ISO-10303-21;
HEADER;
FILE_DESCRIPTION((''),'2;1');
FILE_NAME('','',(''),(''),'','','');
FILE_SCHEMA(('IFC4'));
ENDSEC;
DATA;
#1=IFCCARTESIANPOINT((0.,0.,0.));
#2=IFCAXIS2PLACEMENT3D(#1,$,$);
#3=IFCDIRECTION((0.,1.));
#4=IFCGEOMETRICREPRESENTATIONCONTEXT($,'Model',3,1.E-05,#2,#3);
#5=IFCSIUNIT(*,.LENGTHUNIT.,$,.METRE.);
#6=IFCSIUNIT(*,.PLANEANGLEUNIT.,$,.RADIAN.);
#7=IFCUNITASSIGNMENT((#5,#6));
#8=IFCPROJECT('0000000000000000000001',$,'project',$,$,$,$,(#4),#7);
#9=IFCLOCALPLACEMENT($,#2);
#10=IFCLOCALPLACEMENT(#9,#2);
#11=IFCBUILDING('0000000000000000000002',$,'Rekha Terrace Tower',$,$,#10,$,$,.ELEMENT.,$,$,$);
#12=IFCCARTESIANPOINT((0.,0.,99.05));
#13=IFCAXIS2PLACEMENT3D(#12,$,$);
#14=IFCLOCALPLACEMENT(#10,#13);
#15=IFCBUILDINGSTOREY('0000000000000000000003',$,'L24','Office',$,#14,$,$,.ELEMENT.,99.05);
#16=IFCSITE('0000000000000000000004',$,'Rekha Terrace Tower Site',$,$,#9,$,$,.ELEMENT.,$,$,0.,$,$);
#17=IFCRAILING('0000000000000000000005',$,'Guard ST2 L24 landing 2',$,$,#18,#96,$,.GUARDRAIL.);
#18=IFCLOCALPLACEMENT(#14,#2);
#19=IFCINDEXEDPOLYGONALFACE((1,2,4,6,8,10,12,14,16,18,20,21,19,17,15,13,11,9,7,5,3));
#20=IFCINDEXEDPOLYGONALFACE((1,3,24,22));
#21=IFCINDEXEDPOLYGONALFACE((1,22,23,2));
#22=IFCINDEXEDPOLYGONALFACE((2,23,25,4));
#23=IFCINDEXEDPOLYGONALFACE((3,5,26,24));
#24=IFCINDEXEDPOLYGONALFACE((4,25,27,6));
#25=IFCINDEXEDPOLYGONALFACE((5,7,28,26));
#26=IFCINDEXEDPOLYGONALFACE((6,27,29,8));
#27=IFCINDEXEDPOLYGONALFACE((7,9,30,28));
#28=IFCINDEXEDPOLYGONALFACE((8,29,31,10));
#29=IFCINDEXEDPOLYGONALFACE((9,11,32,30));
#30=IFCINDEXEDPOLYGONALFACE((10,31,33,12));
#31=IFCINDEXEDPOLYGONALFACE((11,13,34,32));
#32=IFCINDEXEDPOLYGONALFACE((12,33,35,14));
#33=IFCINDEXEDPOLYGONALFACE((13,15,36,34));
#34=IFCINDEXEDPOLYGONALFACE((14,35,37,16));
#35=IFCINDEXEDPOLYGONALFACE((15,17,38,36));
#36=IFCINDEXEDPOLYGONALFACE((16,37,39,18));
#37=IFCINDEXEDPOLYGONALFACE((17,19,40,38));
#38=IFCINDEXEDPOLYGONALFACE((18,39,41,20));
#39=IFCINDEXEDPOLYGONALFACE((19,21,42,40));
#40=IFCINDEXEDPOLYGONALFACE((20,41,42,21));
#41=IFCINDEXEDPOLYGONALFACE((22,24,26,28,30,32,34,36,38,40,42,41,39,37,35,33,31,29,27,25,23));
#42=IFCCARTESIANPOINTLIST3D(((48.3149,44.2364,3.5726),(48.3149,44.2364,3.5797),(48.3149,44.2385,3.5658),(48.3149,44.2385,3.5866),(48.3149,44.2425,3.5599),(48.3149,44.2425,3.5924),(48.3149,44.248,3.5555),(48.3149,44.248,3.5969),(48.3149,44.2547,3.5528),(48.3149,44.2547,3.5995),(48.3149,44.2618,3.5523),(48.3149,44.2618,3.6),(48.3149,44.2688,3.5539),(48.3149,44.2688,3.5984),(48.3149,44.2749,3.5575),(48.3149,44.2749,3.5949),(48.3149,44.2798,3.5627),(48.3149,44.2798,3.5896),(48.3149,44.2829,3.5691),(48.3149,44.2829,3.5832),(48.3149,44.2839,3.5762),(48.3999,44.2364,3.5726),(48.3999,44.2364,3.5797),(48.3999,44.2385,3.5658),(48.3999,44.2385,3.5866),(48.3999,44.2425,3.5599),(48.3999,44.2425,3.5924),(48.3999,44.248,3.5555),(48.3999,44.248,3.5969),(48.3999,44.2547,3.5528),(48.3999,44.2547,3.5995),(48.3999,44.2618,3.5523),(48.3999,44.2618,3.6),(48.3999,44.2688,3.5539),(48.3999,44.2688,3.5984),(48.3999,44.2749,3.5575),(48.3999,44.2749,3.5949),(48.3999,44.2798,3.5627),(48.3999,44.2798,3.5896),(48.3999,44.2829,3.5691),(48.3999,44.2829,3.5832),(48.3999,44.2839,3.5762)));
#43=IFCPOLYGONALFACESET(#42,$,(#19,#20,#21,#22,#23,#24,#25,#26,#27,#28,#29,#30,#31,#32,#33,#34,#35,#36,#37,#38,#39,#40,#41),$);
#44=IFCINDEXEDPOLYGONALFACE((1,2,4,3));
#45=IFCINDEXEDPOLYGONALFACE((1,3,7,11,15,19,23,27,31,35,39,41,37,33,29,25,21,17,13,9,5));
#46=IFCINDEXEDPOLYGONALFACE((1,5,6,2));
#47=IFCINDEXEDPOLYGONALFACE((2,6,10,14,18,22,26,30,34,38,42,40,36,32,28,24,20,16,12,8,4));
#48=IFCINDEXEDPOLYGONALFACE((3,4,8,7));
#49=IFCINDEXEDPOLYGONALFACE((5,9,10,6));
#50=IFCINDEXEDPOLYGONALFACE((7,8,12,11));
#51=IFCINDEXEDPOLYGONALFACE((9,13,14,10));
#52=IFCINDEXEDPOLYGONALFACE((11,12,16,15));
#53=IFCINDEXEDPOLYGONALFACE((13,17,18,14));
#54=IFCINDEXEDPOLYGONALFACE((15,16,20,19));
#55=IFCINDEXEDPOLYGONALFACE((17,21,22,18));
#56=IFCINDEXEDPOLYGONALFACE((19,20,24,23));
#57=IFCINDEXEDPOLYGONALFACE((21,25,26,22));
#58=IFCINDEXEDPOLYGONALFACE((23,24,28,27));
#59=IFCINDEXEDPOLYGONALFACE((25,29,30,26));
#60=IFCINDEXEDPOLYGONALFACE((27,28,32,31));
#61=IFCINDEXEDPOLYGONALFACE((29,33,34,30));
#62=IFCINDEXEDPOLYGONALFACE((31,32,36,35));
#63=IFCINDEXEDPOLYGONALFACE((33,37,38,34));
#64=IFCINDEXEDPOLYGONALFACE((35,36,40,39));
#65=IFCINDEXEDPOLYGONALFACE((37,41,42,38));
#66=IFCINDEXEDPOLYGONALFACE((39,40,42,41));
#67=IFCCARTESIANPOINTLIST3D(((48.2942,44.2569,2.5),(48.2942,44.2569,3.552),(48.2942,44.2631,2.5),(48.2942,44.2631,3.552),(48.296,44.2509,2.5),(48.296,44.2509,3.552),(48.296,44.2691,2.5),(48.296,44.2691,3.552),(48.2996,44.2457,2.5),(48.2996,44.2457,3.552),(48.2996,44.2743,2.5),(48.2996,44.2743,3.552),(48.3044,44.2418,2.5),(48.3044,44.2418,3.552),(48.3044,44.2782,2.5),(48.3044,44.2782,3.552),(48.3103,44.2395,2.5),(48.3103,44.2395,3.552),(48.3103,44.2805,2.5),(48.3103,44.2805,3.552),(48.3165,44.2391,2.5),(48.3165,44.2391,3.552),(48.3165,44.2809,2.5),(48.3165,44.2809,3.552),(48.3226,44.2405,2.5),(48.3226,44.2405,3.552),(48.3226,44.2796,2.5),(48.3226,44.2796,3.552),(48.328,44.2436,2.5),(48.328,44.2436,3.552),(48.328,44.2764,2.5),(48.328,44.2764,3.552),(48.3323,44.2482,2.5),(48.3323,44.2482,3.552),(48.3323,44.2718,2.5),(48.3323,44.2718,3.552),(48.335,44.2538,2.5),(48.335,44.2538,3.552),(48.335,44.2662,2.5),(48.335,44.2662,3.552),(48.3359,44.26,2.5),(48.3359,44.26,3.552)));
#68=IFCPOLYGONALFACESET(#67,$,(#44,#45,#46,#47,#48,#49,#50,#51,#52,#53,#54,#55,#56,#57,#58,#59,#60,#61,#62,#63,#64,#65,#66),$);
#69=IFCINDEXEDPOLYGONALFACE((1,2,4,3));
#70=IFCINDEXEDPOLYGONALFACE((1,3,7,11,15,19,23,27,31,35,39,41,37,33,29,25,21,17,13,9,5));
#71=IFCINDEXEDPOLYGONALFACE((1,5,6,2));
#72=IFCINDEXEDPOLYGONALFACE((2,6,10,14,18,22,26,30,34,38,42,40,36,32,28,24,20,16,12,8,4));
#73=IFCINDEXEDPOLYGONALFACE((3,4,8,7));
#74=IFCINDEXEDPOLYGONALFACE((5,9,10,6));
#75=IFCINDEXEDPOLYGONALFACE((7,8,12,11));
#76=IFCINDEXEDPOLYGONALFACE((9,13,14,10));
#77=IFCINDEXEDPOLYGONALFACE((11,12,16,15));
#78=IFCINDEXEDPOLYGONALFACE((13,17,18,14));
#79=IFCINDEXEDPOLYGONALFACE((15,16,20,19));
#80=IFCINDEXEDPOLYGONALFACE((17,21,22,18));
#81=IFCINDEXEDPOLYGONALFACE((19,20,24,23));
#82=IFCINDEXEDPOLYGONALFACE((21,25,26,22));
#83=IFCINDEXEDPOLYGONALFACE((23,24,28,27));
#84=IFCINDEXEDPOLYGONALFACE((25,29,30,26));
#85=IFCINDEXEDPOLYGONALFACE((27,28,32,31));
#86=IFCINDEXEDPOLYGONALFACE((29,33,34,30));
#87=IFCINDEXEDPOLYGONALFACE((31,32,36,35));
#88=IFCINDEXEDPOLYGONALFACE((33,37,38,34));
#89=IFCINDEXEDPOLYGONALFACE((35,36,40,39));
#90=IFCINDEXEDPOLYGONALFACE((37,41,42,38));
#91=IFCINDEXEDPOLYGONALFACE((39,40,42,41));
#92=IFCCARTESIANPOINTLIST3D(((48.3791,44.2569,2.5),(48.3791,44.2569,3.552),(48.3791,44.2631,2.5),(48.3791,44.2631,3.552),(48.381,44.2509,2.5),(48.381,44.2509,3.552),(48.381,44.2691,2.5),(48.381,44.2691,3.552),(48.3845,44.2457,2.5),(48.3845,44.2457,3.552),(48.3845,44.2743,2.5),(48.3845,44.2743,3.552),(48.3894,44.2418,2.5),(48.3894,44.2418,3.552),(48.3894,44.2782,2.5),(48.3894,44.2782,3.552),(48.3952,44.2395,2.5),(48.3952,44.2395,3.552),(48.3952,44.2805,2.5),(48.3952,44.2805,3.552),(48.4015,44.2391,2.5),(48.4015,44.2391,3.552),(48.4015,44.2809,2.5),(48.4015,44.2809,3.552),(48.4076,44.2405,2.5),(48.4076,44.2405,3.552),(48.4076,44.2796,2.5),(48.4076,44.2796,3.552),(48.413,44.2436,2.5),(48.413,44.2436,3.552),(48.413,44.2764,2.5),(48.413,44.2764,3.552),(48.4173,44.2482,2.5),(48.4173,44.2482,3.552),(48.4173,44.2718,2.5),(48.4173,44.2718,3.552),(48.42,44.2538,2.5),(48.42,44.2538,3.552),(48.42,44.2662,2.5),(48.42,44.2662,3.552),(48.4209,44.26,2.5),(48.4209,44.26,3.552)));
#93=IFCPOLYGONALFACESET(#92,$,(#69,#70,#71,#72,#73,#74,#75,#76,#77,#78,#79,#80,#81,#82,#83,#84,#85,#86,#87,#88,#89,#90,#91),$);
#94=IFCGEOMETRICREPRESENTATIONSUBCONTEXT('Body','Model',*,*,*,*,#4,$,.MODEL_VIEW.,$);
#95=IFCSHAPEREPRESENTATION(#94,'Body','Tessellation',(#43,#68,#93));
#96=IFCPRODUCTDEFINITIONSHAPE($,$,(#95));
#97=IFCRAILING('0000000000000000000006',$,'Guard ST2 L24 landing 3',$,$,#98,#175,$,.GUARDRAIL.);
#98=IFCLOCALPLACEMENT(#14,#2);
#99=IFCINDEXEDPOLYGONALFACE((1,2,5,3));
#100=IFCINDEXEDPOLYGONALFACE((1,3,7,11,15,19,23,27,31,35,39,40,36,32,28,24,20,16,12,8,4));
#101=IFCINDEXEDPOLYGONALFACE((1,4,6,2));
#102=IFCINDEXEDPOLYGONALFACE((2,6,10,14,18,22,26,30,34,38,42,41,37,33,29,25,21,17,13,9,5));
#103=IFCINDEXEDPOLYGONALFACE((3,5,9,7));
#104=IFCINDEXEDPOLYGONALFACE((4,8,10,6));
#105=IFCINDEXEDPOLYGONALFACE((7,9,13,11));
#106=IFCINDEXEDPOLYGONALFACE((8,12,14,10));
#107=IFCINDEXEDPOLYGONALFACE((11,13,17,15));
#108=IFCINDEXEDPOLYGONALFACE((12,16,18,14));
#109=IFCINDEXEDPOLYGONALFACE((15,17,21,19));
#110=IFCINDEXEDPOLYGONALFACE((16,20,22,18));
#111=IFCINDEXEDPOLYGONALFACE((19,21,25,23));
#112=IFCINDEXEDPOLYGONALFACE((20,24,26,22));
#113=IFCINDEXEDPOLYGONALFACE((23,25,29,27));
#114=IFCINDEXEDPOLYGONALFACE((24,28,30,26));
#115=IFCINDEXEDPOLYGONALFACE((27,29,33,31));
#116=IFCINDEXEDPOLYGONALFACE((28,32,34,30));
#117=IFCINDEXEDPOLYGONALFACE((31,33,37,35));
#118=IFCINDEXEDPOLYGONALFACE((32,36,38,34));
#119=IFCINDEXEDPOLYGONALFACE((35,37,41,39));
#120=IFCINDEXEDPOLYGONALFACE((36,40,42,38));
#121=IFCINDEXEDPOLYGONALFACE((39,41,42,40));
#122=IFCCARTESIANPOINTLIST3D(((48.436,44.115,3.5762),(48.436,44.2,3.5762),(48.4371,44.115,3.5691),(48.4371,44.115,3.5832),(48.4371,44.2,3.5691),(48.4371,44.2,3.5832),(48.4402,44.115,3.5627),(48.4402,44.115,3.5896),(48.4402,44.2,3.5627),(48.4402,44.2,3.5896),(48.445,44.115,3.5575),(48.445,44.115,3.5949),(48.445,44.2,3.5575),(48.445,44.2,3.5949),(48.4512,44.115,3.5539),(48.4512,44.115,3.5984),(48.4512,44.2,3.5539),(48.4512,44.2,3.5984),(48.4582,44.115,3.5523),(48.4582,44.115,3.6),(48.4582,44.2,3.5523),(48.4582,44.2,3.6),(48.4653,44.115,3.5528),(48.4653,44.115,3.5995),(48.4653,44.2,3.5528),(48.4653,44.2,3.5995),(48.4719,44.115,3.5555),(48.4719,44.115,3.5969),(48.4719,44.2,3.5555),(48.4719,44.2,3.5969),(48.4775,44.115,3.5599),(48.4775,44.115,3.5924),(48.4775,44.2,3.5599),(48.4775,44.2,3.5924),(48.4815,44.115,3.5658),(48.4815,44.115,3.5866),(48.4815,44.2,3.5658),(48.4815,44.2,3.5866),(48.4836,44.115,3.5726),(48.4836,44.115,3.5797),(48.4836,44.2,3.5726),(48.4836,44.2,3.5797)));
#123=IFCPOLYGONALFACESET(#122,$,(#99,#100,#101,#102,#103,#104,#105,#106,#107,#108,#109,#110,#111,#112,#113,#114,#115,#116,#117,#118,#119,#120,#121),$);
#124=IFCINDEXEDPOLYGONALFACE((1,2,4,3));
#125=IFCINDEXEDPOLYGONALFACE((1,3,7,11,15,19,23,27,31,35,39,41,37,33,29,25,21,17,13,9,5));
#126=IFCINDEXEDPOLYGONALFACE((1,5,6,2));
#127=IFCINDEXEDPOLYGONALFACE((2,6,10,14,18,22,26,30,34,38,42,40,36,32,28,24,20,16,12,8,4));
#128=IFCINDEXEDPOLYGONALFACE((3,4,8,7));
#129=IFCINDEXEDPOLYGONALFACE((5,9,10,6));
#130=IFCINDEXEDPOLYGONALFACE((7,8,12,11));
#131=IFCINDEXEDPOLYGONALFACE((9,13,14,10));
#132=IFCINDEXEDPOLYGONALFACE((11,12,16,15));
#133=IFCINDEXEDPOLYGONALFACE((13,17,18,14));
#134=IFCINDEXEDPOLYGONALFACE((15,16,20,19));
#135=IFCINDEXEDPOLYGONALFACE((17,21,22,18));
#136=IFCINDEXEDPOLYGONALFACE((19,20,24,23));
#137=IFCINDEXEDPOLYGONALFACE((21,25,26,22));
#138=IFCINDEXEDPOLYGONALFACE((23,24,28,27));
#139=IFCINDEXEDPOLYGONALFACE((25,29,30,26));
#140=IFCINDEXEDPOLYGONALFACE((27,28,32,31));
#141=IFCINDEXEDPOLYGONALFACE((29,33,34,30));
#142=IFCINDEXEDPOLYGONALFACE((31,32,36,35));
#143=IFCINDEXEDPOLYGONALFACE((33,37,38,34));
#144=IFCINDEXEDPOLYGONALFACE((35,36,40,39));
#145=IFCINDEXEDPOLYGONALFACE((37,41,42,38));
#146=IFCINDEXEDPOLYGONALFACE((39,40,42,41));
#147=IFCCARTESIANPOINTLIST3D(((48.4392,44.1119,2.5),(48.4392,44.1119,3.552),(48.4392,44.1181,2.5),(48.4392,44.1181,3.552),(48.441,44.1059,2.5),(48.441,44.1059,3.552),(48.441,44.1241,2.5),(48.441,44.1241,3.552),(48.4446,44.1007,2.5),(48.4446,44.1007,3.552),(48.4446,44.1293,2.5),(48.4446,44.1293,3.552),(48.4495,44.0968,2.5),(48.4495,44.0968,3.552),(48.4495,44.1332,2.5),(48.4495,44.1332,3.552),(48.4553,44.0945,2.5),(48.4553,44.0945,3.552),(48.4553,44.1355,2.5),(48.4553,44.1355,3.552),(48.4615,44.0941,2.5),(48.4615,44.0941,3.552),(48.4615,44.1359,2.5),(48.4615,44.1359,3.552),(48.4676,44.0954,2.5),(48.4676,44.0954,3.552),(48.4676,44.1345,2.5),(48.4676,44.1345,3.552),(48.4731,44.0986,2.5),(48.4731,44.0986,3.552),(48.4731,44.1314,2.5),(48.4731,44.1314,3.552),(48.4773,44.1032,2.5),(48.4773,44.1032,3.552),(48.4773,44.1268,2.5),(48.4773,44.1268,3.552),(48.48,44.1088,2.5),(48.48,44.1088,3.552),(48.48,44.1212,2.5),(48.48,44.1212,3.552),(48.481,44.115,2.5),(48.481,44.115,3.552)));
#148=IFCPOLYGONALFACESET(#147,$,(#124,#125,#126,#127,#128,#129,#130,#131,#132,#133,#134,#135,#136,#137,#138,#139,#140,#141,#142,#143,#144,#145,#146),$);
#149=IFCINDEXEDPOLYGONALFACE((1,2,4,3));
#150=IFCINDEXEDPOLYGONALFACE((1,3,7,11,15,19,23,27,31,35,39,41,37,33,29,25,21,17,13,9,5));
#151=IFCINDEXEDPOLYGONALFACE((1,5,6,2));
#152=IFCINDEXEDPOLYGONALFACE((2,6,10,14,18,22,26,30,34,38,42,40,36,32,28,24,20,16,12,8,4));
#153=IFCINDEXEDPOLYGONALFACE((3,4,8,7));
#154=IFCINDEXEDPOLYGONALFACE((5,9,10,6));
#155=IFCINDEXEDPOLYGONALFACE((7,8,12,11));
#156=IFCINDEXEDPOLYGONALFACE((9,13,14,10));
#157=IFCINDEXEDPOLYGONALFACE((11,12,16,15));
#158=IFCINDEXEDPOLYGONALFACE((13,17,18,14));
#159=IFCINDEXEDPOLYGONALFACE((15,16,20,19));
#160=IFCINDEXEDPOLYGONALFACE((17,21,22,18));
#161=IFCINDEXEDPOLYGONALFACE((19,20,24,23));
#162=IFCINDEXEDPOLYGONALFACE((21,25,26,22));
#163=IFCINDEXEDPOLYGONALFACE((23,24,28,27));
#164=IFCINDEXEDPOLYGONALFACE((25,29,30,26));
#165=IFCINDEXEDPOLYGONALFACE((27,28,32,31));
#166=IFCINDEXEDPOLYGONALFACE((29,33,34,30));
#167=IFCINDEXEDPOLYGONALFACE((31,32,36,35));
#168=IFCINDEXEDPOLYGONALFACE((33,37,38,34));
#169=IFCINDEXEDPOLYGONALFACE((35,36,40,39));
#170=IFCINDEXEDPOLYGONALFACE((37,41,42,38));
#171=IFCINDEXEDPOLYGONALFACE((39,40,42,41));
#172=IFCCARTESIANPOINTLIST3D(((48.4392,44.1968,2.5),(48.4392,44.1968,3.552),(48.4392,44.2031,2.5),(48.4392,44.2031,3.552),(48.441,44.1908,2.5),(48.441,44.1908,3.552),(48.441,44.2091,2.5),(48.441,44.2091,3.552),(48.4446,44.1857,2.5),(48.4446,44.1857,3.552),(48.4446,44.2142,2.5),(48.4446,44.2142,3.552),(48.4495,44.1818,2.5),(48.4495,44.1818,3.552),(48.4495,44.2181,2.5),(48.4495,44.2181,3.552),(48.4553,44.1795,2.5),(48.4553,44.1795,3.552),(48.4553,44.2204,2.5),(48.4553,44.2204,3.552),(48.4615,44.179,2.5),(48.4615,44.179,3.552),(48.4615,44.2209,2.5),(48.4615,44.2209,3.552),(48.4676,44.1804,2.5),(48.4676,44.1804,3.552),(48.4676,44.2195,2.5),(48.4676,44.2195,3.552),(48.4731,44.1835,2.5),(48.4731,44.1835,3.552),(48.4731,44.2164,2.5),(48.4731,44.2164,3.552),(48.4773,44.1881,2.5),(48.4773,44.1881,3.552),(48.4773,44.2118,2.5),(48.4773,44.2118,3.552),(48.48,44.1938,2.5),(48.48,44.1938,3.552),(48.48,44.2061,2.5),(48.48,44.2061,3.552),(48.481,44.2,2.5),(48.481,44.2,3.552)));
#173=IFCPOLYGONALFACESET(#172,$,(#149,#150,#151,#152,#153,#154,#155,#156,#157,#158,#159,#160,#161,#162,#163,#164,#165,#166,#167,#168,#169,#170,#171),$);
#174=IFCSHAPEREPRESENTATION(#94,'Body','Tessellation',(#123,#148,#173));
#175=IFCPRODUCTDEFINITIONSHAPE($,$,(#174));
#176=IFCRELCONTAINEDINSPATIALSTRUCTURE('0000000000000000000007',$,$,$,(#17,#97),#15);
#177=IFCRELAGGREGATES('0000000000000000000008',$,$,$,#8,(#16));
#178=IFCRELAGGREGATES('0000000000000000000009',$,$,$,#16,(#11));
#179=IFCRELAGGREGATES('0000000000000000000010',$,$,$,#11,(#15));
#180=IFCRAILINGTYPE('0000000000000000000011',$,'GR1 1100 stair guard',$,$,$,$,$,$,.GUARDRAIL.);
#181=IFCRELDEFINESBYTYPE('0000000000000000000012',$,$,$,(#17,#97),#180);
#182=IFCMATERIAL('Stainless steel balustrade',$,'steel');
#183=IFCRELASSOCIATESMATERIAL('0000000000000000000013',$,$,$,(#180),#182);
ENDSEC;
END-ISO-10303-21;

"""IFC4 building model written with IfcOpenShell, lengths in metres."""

from ifc_helpers import new_model, si_unit, direction, frame, origin, origin_2d, place, context, subcontext, project, spatial, circle, extrude, material, type_object, element, save


model = new_model("IFC4")

# Units and contexts
model_context = context("Model", 3, precision=1e-05, world=origin(), true_north=direction((0.0, 1.0)))
body_context = subcontext(model_context, "Body", "Model", "MODEL_VIEW")
ifc_project = project(units=[si_unit("LENGTHUNIT", "METRE"), si_unit("PLANEANGLEUNIT", "RADIAN")], contexts=[model_context])

# Site, building, storey
site_placement = place(None, origin())
site = spatial("IfcSite", under=ifc_project, at=site_placement, Name="Rekha Terrace Tower Site", CompositionType="ELEMENT", RefElevation=0.0)
building_placement = place(site_placement, origin())
building = spatial("IfcBuilding", under=site, at=building_placement, Name="Rekha Terrace Tower", CompositionType="ELEMENT")
storey_placement = place(building_placement, frame((0.0, 0.0, 99.05)))
storey = spatial("IfcBuildingStorey", under=building, at=storey_placement, Name="L24", Description="Office", CompositionType="ELEMENT", Elevation=99.05)

# Railings
ifc_material_1 = material(Name="Stainless steel balustrade", Category="steel")
railing_type_1 = type_object("IfcRailingType", Name="GR1 1100 stair guard", PredefinedType="GUARDRAIL", material=ifc_material_1)
railing_1_placement = place(storey_placement, frame((48.3149, 44.26, 2.5)))
element("IfcRailing", 1, at=railing_1_placement, inside=storey, type_object=railing_type_1, Name="Guard ST2 L24 landing 2", PredefinedType="GUARDRAIL", context=body_context, shape_type="SweptSolid", body=[
    extrude(circle(Radius=0.0239, at=origin_2d()), frame((0.0, 0.0, 1.0762), z_axis=(1.0, 0.0, 0.0), x_axis=(0.0, 1.0, 0.0)), (0.0, 0.0, 1.0), 0.085),
    extrude(circle(Radius=0.021, at=origin_2d()), origin(), (0.0, 0.0, 1.0), 1.052),
    extrude(circle(Radius=0.021, at=origin_2d()), frame((0.085, 0.0, 0.0)), (0.0, 0.0, 1.0), 1.052),
])
railing_2_placement = place(storey_placement, frame((48.46, 44.115, 2.5)))
element("IfcRailing", 2, at=railing_2_placement, inside=storey, type_object=railing_type_1, Name="Guard ST2 L24 landing 3", PredefinedType="GUARDRAIL", context=body_context, shape_type="SweptSolid", body=[
    extrude(circle(Radius=0.0239, at=origin_2d()), frame((0.0, 0.0, 1.0762), z_axis=(0.0, 1.0, 0.0), x_axis=(-1.0, 0.0, 0.0)), (0.0, 0.0, 1.0), 0.085),
    extrude(circle(Radius=0.021, at=origin_2d()), origin(), (0.0, 0.0, 1.0), 1.052),
    extrude(circle(Radius=0.021, at=origin_2d()), frame((0.0, 0.085, 0.0)), (0.0, 0.0, 1.0), 1.052),
])

save(model, "model.ifc")
